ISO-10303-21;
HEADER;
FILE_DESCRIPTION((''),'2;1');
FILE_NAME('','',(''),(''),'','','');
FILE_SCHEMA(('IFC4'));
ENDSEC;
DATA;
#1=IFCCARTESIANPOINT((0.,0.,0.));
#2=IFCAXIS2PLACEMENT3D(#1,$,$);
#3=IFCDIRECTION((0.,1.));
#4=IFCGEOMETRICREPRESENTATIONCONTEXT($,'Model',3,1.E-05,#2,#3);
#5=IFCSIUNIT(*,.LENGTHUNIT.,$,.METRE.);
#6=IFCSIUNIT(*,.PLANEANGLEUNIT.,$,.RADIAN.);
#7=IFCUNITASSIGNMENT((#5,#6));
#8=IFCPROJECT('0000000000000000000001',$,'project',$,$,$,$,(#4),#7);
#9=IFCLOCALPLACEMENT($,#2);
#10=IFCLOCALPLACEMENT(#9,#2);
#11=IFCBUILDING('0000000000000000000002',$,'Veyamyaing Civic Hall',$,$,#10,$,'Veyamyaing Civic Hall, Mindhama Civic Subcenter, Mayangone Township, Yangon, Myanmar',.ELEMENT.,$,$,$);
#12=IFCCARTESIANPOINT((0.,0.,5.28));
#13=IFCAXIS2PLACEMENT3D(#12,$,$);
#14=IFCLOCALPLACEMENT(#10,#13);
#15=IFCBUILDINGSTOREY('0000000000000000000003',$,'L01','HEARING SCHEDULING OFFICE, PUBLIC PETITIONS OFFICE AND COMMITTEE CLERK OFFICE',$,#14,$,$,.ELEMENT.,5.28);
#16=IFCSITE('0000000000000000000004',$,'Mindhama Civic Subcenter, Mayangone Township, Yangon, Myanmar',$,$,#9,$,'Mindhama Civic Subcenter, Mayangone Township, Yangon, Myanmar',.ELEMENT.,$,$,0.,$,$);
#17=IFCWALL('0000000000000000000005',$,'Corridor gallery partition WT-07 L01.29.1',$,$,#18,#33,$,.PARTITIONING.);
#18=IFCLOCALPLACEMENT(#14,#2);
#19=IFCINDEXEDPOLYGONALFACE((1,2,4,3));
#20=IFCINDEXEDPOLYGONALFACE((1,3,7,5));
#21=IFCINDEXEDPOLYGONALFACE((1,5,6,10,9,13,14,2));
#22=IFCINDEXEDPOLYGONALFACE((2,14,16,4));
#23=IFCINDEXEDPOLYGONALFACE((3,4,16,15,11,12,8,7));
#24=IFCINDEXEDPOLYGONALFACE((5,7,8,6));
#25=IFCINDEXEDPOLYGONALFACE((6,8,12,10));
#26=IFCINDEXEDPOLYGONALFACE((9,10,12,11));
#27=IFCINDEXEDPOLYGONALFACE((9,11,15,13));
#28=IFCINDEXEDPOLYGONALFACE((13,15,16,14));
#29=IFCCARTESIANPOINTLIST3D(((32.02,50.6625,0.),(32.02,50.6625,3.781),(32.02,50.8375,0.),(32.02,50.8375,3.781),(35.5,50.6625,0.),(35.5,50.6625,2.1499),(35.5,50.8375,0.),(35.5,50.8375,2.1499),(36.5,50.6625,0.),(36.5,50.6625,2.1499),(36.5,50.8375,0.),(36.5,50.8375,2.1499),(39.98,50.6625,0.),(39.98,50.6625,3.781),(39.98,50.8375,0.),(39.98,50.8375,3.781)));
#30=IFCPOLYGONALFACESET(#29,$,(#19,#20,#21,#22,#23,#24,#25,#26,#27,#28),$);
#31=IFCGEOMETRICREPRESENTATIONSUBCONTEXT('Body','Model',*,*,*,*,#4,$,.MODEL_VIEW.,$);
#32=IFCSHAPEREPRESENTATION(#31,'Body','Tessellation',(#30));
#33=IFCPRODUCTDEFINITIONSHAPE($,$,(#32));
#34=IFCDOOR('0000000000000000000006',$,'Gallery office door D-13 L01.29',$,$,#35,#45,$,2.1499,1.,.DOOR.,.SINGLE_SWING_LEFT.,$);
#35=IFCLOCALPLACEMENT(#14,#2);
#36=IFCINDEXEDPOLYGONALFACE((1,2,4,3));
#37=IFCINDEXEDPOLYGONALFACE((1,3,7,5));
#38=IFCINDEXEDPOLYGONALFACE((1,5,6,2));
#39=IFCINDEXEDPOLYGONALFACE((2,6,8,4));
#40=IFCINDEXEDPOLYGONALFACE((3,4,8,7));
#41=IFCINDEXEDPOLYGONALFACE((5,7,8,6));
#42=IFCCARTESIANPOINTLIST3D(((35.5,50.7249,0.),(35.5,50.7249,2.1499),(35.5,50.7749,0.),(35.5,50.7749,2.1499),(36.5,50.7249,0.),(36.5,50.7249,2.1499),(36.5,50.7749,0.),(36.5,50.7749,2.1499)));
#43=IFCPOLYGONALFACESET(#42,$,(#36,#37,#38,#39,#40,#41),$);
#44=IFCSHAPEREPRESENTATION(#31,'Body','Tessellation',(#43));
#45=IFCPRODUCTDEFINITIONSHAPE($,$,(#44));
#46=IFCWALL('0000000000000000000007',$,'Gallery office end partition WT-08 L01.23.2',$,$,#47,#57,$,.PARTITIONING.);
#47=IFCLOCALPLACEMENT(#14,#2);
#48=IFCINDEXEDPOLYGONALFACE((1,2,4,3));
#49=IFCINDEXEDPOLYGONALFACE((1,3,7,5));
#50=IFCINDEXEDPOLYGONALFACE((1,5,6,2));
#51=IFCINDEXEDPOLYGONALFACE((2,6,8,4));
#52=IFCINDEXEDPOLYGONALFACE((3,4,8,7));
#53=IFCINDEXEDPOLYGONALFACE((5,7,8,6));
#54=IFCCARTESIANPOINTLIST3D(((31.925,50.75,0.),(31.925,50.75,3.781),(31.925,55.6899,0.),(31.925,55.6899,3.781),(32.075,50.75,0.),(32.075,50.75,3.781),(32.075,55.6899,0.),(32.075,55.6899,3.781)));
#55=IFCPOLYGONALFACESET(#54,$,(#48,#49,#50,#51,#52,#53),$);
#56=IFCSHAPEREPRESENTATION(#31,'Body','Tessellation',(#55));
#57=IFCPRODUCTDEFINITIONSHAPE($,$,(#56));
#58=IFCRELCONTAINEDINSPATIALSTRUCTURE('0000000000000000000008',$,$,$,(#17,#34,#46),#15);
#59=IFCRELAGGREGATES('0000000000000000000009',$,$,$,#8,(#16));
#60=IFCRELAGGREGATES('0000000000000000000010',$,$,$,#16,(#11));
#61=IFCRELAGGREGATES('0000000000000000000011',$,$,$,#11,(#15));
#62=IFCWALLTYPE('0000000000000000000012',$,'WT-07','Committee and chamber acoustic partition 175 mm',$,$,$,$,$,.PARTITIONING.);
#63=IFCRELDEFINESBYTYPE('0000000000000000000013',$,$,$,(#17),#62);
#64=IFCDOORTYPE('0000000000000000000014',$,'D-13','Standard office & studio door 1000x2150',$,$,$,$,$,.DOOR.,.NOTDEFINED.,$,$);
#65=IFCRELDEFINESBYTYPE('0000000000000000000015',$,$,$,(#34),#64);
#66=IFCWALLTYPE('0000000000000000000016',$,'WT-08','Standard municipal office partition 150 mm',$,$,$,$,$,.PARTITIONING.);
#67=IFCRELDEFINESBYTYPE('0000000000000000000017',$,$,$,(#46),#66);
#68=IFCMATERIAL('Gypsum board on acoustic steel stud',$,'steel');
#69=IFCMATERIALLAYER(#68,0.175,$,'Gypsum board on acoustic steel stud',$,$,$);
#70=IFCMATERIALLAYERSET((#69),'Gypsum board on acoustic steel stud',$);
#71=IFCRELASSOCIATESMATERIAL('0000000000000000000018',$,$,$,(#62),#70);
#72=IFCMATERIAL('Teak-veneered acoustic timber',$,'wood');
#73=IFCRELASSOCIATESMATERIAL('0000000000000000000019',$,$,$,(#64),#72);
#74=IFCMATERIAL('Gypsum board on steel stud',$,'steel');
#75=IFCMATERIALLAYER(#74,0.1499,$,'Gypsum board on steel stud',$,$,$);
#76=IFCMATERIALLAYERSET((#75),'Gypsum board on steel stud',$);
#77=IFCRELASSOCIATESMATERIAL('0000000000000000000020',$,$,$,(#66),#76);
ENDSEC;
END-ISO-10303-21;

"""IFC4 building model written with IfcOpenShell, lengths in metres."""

from ifc_helpers import new_model, si_unit, direction, frame, frame_2d, origin, place, context, subcontext, project, spatial, rectangle, extrude, material, layer, layer_set, type_object, element, fill, save


model = new_model("IFC4")

# Units and contexts
model_context = context("Model", 3, precision=1e-05, world=origin(), true_north=direction((0.0, 1.0)))
body_context = subcontext(model_context, "Body", "Model", "MODEL_VIEW")
ifc_project = project(units=[si_unit("LENGTHUNIT", "METRE"), si_unit("PLANEANGLEUNIT", "RADIAN")], contexts=[model_context])

# Site, building, storey
site_placement = place(None, origin())
site = spatial("IfcSite", under=ifc_project, at=site_placement, Name="Mindhama Civic Subcenter, Mayangone Township, Yangon, Myanmar", LongName="Mindhama Civic Subcenter, Mayangone Township, Yangon, Myanmar", CompositionType="ELEMENT", RefElevation=0.0)
building_placement = place(site_placement, origin())
building = spatial("IfcBuilding", under=site, at=building_placement, Name="Veyamyaing Civic Hall", LongName="Veyamyaing Civic Hall, Mindhama Civic Subcenter, Mayangone Township, Yangon, Myanmar", CompositionType="ELEMENT")
storey_placement = place(building_placement, frame((0.0, 0.0, 5.28)))
storey = spatial("IfcBuildingStorey", under=building, at=storey_placement, Name="L01", Description="HEARING SCHEDULING OFFICE, PUBLIC PETITIONS OFFICE AND COMMITTEE CLERK OFFICE", CompositionType="ELEMENT", Elevation=5.28)

# Wall, opening, door
ifc_material_1 = material(Name="Gypsum board on acoustic steel stud", Category="steel")
ifc_layer_1 = layer(ifc_material_1, 0.175, Name="Gypsum board on acoustic steel stud")
ifc_layer_set_1 = layer_set([ifc_layer_1], Name="Gypsum board on acoustic steel stud")
wall_type_1 = type_object("IfcWallType", Name="WT-07", Description="Committee and chamber acoustic partition 175 mm", PredefinedType="PARTITIONING", material=ifc_layer_set_1)
wall_1_placement = place(storey_placement, frame((32.02, 50.75, 0.0), z_axis=(0.0, 0.0, 1.0), x_axis=(1.0, 0.0, 0.0)))
wall_1 = element("IfcWall", 1, at=wall_1_placement, inside=storey, type_object=wall_type_1, Name="Corridor gallery partition WT-07 L01.29.1", PredefinedType="PARTITIONING", context=body_context, shape_type="SweptSolid", body=[
    extrude(rectangle(XDim=7.96, YDim=0.175, at=frame_2d((3.98, 0.0))), origin(), (0.0, 0.0, 1.0), 3.781),
])
opening_placement = place(wall_1_placement, frame((3.48, 0.0, 0.0)))
opening = element("IfcOpeningElement", 2, at=opening_placement, cuts=wall_1, PredefinedType="OPENING", context=body_context, shape_type="SweptSolid", body=[
    extrude(rectangle(XDim=1.0, YDim=2.1499, at=frame_2d((0.5, 1.075))), frame((0.0, 0.0974, 0.0), z_axis=(0.0, -1.0, 0.0), x_axis=(1.0, 0.0, 0.0)), (0.0, 0.0, 1.0), 0.1951),
])
ifc_material_2 = material(Name="Teak-veneered acoustic timber", Category="wood")
door_type = type_object("IfcDoorType", Name="D-13", Description="Standard office & studio door 1000x2150", OperationType="NOTDEFINED", PredefinedType="DOOR", material=ifc_material_2)
door_placement = place(opening_placement, origin())
door = element("IfcDoor", 3, at=door_placement, inside=storey, type_object=door_type, Name="Gallery office door D-13 L01.29", OperationType="SINGLE_SWING_LEFT", OverallHeight=2.1499, OverallWidth=1.0, PredefinedType="DOOR", context=body_context, shape_type="SweptSolid", body=[
    extrude(rectangle(XDim=1.0, YDim=2.1499, at=frame_2d((0.5, 1.075))), frame((0.0, 0.0249, 0.0), z_axis=(0.0, -1.0, 0.0), x_axis=(1.0, 0.0, 0.0)), (0.0, 0.0, 1.0), 0.05),
])
fill(opening, door)

# Wall
ifc_material_3 = material(Name="Gypsum board on steel stud", Category="steel")
ifc_layer_2 = layer(ifc_material_3, 0.1499, Name="Gypsum board on steel stud")
ifc_layer_set_2 = layer_set([ifc_layer_2], Name="Gypsum board on steel stud")
wall_type_2 = type_object("IfcWallType", Name="WT-08", Description="Standard municipal office partition 150 mm", PredefinedType="PARTITIONING", material=ifc_layer_set_2)
wall_2_placement = place(storey_placement, frame((32.0, 50.75, 0.0), z_axis=(0.0, 0.0, 1.0), x_axis=(0.0, 1.0, 0.0)))
element("IfcWall", 4, at=wall_2_placement, inside=storey, type_object=wall_type_2, Name="Gallery office end partition WT-08 L01.23.2", PredefinedType="PARTITIONING", context=body_context, shape_type="SweptSolid", body=[
    extrude(rectangle(XDim=4.9399, YDim=0.1499, at=frame_2d((2.47, 0.0))), origin(), (0.0, 0.0, 1.0), 3.781),
])

save(model, "model.ifc")
